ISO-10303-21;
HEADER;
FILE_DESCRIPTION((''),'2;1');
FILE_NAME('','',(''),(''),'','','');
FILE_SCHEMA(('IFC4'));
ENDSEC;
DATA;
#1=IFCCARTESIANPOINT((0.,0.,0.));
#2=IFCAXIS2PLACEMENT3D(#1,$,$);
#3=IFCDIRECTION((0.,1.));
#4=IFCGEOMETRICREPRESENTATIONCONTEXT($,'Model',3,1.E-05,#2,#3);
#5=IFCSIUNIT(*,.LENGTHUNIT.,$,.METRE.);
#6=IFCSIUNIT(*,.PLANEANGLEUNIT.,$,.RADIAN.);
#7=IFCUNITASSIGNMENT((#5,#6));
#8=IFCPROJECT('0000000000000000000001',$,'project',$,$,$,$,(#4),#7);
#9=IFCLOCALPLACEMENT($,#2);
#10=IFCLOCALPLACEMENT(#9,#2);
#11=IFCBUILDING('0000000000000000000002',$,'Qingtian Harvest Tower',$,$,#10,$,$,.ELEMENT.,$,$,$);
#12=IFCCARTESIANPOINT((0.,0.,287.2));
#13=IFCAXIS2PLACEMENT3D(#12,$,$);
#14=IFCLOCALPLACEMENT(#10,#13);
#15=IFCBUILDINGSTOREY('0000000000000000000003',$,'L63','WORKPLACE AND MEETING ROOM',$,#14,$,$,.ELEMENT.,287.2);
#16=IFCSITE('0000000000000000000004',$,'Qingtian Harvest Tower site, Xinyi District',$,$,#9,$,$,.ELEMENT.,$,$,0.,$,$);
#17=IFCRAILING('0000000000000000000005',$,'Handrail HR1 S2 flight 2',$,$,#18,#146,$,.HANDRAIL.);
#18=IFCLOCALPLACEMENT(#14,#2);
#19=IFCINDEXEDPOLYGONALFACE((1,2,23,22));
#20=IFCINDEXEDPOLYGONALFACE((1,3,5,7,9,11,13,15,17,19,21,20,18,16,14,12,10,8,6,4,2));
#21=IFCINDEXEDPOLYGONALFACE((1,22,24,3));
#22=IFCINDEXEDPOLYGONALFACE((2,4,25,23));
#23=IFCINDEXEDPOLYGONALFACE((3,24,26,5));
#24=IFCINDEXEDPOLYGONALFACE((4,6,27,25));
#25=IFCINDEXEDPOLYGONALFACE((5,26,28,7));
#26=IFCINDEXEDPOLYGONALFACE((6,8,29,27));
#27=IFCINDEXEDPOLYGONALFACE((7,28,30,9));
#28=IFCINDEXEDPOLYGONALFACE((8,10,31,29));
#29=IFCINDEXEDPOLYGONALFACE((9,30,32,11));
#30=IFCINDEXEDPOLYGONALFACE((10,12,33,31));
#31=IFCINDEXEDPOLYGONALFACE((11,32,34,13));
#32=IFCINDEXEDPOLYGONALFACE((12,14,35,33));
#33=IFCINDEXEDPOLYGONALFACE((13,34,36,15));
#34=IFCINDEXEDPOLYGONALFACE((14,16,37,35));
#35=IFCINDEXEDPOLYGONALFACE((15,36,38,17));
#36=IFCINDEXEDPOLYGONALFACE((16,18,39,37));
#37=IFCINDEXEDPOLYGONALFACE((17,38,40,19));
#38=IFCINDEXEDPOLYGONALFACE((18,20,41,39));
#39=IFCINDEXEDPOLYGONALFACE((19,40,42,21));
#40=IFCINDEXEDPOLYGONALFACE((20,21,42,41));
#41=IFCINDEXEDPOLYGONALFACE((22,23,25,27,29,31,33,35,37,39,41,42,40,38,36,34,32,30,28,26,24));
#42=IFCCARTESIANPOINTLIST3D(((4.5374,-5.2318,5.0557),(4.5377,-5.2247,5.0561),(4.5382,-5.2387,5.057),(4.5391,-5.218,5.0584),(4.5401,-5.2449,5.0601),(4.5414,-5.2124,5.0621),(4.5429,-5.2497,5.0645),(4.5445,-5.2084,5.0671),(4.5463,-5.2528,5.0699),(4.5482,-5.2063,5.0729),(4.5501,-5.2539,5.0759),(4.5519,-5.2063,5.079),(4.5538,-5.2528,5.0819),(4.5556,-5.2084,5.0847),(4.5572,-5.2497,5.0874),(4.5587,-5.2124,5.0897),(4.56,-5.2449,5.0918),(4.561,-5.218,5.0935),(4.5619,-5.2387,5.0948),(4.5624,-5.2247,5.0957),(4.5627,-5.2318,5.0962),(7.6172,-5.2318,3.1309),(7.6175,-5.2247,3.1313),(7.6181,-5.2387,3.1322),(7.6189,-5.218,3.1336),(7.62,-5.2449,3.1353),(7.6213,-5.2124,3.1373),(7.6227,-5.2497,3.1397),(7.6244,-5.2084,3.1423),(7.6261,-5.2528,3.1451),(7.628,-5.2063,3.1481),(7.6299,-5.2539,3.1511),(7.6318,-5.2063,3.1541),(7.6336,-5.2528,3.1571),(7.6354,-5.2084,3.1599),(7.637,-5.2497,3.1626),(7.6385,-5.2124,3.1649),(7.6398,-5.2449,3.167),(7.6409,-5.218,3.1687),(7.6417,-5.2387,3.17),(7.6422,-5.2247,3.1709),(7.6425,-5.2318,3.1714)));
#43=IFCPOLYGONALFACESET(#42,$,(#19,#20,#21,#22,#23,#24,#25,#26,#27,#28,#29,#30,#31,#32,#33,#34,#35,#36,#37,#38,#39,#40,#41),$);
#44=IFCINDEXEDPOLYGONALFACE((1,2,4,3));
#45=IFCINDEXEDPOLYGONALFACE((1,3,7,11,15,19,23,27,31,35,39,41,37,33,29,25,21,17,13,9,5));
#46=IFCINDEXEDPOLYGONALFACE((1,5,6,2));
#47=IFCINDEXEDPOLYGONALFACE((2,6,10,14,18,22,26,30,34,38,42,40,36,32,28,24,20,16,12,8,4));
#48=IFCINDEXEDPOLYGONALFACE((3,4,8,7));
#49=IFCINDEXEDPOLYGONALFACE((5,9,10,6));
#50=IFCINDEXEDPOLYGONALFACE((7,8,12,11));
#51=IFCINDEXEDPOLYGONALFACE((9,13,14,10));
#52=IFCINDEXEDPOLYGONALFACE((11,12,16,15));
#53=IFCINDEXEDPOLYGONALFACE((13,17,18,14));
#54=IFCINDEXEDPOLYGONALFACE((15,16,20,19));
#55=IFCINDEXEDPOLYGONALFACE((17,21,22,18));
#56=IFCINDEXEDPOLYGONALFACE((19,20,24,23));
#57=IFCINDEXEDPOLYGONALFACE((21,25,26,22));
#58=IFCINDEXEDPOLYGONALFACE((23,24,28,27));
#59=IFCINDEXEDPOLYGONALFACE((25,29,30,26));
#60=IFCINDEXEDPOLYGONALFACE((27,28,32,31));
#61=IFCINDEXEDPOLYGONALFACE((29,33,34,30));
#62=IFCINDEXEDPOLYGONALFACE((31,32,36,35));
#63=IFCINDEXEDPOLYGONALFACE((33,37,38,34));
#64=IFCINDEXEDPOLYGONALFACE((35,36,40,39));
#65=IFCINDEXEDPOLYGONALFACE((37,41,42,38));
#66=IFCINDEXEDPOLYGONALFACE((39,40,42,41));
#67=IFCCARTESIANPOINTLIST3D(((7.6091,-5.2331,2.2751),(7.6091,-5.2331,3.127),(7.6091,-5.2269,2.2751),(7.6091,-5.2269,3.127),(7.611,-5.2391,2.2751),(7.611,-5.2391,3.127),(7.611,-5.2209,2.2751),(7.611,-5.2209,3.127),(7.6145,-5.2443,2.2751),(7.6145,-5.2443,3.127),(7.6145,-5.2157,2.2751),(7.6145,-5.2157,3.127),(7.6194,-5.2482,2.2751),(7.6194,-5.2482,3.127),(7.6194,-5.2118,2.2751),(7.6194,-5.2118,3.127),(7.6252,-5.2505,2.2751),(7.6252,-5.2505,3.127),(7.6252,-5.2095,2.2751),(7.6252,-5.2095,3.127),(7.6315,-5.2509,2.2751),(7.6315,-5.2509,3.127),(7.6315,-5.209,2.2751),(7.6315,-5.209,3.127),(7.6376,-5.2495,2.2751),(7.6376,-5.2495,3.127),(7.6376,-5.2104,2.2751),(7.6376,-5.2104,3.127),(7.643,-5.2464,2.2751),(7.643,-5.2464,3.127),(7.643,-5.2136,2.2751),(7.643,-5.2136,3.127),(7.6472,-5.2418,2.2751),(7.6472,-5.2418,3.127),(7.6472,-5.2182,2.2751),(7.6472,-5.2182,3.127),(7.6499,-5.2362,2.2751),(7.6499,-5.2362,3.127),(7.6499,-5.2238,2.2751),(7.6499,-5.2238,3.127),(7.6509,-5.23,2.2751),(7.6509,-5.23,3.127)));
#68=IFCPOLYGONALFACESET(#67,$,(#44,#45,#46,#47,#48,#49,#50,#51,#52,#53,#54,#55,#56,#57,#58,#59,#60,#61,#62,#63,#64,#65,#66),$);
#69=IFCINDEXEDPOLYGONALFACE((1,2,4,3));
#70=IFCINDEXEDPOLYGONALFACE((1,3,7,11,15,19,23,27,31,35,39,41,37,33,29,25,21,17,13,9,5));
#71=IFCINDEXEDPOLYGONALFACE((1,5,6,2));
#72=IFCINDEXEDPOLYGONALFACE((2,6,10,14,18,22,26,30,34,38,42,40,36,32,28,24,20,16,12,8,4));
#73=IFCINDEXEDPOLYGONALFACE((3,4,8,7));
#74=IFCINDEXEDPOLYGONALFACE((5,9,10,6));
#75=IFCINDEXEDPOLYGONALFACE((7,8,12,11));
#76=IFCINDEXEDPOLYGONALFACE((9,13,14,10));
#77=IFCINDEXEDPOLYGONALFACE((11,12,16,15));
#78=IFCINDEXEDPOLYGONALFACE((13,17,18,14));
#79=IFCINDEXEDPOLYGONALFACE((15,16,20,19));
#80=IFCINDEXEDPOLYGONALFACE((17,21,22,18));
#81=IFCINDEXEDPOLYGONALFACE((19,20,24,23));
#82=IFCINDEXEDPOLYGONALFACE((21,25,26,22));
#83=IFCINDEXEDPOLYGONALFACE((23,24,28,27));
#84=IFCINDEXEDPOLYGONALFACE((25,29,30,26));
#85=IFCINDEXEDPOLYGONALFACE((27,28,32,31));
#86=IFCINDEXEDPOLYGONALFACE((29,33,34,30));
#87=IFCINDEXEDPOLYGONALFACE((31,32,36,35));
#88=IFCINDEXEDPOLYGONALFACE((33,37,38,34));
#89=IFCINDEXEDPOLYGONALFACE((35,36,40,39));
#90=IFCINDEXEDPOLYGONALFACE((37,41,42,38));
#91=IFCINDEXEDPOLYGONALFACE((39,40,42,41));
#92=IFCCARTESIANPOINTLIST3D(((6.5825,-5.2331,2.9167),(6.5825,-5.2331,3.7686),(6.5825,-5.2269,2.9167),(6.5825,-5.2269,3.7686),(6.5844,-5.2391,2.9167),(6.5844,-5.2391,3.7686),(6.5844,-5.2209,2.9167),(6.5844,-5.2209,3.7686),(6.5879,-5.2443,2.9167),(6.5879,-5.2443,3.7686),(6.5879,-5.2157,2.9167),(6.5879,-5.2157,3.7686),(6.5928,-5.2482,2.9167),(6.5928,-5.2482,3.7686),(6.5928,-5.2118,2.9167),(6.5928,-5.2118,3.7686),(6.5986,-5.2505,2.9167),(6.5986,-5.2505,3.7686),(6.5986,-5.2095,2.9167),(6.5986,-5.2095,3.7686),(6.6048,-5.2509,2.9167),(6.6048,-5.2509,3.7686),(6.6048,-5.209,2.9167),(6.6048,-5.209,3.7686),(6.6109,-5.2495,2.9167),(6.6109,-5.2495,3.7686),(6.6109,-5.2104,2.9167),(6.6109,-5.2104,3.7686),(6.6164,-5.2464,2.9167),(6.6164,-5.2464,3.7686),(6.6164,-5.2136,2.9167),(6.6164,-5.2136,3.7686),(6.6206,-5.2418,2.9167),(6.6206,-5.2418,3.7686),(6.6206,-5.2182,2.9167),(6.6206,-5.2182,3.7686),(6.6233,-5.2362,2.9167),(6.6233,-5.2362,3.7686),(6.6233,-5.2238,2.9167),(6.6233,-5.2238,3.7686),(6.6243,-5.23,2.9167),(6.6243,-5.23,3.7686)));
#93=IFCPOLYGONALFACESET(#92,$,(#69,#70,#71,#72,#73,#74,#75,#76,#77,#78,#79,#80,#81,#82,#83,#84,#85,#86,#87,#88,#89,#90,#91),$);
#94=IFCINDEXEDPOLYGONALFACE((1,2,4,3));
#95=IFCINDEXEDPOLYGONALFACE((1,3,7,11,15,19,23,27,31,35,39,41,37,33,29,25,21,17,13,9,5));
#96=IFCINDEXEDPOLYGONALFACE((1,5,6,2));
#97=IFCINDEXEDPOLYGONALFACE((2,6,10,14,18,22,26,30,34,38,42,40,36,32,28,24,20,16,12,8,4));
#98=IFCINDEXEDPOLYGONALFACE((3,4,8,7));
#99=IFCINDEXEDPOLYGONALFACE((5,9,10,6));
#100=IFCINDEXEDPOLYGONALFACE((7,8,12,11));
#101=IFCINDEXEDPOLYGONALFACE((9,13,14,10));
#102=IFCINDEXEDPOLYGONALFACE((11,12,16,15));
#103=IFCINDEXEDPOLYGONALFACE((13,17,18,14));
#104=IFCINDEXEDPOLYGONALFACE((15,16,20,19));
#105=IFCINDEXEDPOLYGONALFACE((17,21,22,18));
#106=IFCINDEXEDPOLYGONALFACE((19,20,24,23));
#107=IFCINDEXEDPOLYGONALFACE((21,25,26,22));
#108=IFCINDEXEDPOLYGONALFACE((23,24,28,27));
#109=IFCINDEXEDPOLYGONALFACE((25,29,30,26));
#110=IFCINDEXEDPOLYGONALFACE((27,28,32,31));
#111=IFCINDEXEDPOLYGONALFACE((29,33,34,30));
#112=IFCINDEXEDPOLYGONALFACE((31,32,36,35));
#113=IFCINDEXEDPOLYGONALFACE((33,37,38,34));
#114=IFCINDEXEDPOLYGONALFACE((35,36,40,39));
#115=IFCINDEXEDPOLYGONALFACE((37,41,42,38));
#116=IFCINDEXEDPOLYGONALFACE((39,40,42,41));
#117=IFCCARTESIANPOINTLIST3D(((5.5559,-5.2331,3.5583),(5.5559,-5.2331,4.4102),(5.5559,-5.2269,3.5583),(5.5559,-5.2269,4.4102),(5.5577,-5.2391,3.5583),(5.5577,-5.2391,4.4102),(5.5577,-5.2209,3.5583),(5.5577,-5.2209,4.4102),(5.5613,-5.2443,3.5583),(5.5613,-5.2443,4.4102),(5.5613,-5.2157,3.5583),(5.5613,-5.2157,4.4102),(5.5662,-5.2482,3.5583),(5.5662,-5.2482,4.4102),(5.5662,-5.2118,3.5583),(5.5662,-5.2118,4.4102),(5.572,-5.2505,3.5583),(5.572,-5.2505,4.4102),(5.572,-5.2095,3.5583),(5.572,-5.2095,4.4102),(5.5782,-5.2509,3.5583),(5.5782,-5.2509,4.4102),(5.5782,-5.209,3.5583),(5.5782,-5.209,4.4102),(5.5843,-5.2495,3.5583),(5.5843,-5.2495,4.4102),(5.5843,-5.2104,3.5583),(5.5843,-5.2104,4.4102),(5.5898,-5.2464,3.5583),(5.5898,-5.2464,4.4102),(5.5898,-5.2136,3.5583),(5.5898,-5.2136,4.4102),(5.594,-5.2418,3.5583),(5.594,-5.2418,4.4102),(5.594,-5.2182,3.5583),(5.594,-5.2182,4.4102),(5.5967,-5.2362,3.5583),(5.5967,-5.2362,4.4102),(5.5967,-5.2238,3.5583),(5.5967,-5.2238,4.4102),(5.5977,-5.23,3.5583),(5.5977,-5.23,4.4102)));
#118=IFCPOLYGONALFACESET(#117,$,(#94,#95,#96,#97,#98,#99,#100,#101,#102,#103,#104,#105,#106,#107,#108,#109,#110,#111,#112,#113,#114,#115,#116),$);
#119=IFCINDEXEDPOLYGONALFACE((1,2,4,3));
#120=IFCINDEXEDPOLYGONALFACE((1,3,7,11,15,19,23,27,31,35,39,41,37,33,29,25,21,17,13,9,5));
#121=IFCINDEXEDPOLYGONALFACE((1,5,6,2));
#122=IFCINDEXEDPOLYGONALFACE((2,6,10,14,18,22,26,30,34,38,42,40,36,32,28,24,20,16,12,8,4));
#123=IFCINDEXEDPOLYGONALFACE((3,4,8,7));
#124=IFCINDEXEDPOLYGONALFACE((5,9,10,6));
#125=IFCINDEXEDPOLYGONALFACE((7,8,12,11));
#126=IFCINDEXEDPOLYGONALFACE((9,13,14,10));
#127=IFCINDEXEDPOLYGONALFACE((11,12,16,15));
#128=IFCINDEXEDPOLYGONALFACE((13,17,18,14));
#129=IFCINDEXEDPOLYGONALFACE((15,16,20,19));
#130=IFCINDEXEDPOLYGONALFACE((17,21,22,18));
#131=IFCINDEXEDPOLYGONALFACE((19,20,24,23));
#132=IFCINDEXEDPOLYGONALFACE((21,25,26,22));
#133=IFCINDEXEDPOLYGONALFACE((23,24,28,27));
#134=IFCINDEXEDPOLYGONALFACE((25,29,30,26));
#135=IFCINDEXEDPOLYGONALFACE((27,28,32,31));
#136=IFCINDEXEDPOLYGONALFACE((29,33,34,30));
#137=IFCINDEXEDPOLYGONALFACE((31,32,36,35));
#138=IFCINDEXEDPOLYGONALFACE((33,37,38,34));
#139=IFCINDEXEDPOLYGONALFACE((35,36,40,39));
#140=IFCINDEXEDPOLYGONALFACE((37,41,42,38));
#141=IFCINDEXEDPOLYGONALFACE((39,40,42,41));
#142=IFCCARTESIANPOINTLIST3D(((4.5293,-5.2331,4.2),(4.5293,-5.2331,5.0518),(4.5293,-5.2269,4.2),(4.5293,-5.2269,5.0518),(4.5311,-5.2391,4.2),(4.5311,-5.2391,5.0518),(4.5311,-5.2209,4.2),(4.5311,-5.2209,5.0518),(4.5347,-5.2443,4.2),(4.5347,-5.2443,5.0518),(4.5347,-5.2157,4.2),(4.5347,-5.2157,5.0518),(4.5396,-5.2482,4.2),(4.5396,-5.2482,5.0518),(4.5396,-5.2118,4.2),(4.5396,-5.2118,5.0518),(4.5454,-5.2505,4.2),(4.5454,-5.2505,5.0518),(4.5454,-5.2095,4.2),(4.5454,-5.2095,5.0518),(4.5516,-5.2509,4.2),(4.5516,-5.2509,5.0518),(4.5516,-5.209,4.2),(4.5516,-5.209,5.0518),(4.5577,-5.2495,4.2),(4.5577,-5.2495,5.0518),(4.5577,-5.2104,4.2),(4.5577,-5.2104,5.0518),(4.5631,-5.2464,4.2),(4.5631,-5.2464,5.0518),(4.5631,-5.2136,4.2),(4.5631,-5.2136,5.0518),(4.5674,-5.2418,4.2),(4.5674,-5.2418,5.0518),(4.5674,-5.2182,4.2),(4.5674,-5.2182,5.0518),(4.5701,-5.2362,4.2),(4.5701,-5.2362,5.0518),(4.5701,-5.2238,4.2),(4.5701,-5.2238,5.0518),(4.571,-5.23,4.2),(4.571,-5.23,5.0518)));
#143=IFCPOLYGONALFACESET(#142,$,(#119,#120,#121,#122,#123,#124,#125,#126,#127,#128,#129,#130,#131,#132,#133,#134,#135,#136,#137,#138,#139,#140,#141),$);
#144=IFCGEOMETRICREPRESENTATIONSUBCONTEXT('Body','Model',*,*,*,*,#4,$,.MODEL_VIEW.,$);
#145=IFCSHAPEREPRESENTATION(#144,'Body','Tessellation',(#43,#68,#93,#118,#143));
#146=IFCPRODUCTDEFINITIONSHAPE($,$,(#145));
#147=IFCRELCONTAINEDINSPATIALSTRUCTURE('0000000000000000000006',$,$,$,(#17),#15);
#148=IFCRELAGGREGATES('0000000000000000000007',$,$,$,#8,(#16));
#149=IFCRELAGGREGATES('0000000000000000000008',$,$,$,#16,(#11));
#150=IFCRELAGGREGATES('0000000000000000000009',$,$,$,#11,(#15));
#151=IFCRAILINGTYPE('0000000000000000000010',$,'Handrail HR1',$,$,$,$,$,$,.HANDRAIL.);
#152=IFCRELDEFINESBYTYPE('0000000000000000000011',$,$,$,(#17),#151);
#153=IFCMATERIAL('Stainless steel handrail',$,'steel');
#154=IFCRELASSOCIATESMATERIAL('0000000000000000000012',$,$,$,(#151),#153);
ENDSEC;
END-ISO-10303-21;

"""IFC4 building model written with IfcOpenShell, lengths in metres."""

from ifc_helpers import new_model, si_unit, direction, frame, origin, origin_2d, place, context, subcontext, project, spatial, circle, extrude, material, type_object, element, save


model = new_model("IFC4")

# Units and contexts
model_context = context("Model", 3, precision=1e-05, world=origin(), true_north=direction((0.0, 1.0)))
body_context = subcontext(model_context, "Body", "Model", "MODEL_VIEW")
ifc_project = project(units=[si_unit("LENGTHUNIT", "METRE"), si_unit("PLANEANGLEUNIT", "RADIAN")], contexts=[model_context])

# Site, building, storey
site_placement = place(None, origin())
site = spatial("IfcSite", under=ifc_project, at=site_placement, Name="Qingtian Harvest Tower site, Xinyi District", CompositionType="ELEMENT", RefElevation=0.0)
building_placement = place(site_placement, origin())
building = spatial("IfcBuilding", under=site, at=building_placement, Name="Qingtian Harvest Tower", CompositionType="ELEMENT")
storey_placement = place(building_placement, frame((0.0, 0.0, 287.2)))
storey = spatial("IfcBuildingStorey", under=building, at=storey_placement, Name="L63", Description="WORKPLACE AND MEETING ROOM", CompositionType="ELEMENT", Elevation=287.2)

# Railing
ifc_material_1 = material(Name="Stainless steel handrail", Category="steel")
railing_type = type_object("IfcRailingType", Name="Handrail HR1", PredefinedType="HANDRAIL", material=ifc_material_1)
railing_1_placement = place(storey_placement, frame((7.6299, -5.23, 2.2751)))
element("IfcRailing", 1, at=railing_1_placement, inside=storey, type_object=railing_type, Name="Handrail HR1 S2 flight 2", PredefinedType="HANDRAIL", context=body_context, shape_type="SweptSolid", body=[
    extrude(circle(Radius=0.0239, at=origin_2d()), frame((0.0, 0.0, 0.876), z_axis=(-0.84801, 0.0, 0.529981), x_axis=(0.0, -1.0, 0.0)), (0.0, 0.0, 1.0), 3.6318),
    extrude(circle(Radius=0.021, at=origin_2d()), origin(), (0.0, 0.0, 1.0), 0.8518),
    extrude(circle(Radius=0.021, at=origin_2d()), frame((-1.0266, 0.0, 0.6416)), (0.0, 0.0, 1.0), 0.8518),
    extrude(circle(Radius=0.021, at=origin_2d()), frame((-2.0532, 0.0, 1.2832)), (0.0, 0.0, 1.0), 0.8518),
    extrude(circle(Radius=0.021, at=origin_2d()), frame((-3.0798, 0.0, 1.9248)), (0.0, 0.0, 1.0), 0.8518),
])

save(model, "model.ifc")
